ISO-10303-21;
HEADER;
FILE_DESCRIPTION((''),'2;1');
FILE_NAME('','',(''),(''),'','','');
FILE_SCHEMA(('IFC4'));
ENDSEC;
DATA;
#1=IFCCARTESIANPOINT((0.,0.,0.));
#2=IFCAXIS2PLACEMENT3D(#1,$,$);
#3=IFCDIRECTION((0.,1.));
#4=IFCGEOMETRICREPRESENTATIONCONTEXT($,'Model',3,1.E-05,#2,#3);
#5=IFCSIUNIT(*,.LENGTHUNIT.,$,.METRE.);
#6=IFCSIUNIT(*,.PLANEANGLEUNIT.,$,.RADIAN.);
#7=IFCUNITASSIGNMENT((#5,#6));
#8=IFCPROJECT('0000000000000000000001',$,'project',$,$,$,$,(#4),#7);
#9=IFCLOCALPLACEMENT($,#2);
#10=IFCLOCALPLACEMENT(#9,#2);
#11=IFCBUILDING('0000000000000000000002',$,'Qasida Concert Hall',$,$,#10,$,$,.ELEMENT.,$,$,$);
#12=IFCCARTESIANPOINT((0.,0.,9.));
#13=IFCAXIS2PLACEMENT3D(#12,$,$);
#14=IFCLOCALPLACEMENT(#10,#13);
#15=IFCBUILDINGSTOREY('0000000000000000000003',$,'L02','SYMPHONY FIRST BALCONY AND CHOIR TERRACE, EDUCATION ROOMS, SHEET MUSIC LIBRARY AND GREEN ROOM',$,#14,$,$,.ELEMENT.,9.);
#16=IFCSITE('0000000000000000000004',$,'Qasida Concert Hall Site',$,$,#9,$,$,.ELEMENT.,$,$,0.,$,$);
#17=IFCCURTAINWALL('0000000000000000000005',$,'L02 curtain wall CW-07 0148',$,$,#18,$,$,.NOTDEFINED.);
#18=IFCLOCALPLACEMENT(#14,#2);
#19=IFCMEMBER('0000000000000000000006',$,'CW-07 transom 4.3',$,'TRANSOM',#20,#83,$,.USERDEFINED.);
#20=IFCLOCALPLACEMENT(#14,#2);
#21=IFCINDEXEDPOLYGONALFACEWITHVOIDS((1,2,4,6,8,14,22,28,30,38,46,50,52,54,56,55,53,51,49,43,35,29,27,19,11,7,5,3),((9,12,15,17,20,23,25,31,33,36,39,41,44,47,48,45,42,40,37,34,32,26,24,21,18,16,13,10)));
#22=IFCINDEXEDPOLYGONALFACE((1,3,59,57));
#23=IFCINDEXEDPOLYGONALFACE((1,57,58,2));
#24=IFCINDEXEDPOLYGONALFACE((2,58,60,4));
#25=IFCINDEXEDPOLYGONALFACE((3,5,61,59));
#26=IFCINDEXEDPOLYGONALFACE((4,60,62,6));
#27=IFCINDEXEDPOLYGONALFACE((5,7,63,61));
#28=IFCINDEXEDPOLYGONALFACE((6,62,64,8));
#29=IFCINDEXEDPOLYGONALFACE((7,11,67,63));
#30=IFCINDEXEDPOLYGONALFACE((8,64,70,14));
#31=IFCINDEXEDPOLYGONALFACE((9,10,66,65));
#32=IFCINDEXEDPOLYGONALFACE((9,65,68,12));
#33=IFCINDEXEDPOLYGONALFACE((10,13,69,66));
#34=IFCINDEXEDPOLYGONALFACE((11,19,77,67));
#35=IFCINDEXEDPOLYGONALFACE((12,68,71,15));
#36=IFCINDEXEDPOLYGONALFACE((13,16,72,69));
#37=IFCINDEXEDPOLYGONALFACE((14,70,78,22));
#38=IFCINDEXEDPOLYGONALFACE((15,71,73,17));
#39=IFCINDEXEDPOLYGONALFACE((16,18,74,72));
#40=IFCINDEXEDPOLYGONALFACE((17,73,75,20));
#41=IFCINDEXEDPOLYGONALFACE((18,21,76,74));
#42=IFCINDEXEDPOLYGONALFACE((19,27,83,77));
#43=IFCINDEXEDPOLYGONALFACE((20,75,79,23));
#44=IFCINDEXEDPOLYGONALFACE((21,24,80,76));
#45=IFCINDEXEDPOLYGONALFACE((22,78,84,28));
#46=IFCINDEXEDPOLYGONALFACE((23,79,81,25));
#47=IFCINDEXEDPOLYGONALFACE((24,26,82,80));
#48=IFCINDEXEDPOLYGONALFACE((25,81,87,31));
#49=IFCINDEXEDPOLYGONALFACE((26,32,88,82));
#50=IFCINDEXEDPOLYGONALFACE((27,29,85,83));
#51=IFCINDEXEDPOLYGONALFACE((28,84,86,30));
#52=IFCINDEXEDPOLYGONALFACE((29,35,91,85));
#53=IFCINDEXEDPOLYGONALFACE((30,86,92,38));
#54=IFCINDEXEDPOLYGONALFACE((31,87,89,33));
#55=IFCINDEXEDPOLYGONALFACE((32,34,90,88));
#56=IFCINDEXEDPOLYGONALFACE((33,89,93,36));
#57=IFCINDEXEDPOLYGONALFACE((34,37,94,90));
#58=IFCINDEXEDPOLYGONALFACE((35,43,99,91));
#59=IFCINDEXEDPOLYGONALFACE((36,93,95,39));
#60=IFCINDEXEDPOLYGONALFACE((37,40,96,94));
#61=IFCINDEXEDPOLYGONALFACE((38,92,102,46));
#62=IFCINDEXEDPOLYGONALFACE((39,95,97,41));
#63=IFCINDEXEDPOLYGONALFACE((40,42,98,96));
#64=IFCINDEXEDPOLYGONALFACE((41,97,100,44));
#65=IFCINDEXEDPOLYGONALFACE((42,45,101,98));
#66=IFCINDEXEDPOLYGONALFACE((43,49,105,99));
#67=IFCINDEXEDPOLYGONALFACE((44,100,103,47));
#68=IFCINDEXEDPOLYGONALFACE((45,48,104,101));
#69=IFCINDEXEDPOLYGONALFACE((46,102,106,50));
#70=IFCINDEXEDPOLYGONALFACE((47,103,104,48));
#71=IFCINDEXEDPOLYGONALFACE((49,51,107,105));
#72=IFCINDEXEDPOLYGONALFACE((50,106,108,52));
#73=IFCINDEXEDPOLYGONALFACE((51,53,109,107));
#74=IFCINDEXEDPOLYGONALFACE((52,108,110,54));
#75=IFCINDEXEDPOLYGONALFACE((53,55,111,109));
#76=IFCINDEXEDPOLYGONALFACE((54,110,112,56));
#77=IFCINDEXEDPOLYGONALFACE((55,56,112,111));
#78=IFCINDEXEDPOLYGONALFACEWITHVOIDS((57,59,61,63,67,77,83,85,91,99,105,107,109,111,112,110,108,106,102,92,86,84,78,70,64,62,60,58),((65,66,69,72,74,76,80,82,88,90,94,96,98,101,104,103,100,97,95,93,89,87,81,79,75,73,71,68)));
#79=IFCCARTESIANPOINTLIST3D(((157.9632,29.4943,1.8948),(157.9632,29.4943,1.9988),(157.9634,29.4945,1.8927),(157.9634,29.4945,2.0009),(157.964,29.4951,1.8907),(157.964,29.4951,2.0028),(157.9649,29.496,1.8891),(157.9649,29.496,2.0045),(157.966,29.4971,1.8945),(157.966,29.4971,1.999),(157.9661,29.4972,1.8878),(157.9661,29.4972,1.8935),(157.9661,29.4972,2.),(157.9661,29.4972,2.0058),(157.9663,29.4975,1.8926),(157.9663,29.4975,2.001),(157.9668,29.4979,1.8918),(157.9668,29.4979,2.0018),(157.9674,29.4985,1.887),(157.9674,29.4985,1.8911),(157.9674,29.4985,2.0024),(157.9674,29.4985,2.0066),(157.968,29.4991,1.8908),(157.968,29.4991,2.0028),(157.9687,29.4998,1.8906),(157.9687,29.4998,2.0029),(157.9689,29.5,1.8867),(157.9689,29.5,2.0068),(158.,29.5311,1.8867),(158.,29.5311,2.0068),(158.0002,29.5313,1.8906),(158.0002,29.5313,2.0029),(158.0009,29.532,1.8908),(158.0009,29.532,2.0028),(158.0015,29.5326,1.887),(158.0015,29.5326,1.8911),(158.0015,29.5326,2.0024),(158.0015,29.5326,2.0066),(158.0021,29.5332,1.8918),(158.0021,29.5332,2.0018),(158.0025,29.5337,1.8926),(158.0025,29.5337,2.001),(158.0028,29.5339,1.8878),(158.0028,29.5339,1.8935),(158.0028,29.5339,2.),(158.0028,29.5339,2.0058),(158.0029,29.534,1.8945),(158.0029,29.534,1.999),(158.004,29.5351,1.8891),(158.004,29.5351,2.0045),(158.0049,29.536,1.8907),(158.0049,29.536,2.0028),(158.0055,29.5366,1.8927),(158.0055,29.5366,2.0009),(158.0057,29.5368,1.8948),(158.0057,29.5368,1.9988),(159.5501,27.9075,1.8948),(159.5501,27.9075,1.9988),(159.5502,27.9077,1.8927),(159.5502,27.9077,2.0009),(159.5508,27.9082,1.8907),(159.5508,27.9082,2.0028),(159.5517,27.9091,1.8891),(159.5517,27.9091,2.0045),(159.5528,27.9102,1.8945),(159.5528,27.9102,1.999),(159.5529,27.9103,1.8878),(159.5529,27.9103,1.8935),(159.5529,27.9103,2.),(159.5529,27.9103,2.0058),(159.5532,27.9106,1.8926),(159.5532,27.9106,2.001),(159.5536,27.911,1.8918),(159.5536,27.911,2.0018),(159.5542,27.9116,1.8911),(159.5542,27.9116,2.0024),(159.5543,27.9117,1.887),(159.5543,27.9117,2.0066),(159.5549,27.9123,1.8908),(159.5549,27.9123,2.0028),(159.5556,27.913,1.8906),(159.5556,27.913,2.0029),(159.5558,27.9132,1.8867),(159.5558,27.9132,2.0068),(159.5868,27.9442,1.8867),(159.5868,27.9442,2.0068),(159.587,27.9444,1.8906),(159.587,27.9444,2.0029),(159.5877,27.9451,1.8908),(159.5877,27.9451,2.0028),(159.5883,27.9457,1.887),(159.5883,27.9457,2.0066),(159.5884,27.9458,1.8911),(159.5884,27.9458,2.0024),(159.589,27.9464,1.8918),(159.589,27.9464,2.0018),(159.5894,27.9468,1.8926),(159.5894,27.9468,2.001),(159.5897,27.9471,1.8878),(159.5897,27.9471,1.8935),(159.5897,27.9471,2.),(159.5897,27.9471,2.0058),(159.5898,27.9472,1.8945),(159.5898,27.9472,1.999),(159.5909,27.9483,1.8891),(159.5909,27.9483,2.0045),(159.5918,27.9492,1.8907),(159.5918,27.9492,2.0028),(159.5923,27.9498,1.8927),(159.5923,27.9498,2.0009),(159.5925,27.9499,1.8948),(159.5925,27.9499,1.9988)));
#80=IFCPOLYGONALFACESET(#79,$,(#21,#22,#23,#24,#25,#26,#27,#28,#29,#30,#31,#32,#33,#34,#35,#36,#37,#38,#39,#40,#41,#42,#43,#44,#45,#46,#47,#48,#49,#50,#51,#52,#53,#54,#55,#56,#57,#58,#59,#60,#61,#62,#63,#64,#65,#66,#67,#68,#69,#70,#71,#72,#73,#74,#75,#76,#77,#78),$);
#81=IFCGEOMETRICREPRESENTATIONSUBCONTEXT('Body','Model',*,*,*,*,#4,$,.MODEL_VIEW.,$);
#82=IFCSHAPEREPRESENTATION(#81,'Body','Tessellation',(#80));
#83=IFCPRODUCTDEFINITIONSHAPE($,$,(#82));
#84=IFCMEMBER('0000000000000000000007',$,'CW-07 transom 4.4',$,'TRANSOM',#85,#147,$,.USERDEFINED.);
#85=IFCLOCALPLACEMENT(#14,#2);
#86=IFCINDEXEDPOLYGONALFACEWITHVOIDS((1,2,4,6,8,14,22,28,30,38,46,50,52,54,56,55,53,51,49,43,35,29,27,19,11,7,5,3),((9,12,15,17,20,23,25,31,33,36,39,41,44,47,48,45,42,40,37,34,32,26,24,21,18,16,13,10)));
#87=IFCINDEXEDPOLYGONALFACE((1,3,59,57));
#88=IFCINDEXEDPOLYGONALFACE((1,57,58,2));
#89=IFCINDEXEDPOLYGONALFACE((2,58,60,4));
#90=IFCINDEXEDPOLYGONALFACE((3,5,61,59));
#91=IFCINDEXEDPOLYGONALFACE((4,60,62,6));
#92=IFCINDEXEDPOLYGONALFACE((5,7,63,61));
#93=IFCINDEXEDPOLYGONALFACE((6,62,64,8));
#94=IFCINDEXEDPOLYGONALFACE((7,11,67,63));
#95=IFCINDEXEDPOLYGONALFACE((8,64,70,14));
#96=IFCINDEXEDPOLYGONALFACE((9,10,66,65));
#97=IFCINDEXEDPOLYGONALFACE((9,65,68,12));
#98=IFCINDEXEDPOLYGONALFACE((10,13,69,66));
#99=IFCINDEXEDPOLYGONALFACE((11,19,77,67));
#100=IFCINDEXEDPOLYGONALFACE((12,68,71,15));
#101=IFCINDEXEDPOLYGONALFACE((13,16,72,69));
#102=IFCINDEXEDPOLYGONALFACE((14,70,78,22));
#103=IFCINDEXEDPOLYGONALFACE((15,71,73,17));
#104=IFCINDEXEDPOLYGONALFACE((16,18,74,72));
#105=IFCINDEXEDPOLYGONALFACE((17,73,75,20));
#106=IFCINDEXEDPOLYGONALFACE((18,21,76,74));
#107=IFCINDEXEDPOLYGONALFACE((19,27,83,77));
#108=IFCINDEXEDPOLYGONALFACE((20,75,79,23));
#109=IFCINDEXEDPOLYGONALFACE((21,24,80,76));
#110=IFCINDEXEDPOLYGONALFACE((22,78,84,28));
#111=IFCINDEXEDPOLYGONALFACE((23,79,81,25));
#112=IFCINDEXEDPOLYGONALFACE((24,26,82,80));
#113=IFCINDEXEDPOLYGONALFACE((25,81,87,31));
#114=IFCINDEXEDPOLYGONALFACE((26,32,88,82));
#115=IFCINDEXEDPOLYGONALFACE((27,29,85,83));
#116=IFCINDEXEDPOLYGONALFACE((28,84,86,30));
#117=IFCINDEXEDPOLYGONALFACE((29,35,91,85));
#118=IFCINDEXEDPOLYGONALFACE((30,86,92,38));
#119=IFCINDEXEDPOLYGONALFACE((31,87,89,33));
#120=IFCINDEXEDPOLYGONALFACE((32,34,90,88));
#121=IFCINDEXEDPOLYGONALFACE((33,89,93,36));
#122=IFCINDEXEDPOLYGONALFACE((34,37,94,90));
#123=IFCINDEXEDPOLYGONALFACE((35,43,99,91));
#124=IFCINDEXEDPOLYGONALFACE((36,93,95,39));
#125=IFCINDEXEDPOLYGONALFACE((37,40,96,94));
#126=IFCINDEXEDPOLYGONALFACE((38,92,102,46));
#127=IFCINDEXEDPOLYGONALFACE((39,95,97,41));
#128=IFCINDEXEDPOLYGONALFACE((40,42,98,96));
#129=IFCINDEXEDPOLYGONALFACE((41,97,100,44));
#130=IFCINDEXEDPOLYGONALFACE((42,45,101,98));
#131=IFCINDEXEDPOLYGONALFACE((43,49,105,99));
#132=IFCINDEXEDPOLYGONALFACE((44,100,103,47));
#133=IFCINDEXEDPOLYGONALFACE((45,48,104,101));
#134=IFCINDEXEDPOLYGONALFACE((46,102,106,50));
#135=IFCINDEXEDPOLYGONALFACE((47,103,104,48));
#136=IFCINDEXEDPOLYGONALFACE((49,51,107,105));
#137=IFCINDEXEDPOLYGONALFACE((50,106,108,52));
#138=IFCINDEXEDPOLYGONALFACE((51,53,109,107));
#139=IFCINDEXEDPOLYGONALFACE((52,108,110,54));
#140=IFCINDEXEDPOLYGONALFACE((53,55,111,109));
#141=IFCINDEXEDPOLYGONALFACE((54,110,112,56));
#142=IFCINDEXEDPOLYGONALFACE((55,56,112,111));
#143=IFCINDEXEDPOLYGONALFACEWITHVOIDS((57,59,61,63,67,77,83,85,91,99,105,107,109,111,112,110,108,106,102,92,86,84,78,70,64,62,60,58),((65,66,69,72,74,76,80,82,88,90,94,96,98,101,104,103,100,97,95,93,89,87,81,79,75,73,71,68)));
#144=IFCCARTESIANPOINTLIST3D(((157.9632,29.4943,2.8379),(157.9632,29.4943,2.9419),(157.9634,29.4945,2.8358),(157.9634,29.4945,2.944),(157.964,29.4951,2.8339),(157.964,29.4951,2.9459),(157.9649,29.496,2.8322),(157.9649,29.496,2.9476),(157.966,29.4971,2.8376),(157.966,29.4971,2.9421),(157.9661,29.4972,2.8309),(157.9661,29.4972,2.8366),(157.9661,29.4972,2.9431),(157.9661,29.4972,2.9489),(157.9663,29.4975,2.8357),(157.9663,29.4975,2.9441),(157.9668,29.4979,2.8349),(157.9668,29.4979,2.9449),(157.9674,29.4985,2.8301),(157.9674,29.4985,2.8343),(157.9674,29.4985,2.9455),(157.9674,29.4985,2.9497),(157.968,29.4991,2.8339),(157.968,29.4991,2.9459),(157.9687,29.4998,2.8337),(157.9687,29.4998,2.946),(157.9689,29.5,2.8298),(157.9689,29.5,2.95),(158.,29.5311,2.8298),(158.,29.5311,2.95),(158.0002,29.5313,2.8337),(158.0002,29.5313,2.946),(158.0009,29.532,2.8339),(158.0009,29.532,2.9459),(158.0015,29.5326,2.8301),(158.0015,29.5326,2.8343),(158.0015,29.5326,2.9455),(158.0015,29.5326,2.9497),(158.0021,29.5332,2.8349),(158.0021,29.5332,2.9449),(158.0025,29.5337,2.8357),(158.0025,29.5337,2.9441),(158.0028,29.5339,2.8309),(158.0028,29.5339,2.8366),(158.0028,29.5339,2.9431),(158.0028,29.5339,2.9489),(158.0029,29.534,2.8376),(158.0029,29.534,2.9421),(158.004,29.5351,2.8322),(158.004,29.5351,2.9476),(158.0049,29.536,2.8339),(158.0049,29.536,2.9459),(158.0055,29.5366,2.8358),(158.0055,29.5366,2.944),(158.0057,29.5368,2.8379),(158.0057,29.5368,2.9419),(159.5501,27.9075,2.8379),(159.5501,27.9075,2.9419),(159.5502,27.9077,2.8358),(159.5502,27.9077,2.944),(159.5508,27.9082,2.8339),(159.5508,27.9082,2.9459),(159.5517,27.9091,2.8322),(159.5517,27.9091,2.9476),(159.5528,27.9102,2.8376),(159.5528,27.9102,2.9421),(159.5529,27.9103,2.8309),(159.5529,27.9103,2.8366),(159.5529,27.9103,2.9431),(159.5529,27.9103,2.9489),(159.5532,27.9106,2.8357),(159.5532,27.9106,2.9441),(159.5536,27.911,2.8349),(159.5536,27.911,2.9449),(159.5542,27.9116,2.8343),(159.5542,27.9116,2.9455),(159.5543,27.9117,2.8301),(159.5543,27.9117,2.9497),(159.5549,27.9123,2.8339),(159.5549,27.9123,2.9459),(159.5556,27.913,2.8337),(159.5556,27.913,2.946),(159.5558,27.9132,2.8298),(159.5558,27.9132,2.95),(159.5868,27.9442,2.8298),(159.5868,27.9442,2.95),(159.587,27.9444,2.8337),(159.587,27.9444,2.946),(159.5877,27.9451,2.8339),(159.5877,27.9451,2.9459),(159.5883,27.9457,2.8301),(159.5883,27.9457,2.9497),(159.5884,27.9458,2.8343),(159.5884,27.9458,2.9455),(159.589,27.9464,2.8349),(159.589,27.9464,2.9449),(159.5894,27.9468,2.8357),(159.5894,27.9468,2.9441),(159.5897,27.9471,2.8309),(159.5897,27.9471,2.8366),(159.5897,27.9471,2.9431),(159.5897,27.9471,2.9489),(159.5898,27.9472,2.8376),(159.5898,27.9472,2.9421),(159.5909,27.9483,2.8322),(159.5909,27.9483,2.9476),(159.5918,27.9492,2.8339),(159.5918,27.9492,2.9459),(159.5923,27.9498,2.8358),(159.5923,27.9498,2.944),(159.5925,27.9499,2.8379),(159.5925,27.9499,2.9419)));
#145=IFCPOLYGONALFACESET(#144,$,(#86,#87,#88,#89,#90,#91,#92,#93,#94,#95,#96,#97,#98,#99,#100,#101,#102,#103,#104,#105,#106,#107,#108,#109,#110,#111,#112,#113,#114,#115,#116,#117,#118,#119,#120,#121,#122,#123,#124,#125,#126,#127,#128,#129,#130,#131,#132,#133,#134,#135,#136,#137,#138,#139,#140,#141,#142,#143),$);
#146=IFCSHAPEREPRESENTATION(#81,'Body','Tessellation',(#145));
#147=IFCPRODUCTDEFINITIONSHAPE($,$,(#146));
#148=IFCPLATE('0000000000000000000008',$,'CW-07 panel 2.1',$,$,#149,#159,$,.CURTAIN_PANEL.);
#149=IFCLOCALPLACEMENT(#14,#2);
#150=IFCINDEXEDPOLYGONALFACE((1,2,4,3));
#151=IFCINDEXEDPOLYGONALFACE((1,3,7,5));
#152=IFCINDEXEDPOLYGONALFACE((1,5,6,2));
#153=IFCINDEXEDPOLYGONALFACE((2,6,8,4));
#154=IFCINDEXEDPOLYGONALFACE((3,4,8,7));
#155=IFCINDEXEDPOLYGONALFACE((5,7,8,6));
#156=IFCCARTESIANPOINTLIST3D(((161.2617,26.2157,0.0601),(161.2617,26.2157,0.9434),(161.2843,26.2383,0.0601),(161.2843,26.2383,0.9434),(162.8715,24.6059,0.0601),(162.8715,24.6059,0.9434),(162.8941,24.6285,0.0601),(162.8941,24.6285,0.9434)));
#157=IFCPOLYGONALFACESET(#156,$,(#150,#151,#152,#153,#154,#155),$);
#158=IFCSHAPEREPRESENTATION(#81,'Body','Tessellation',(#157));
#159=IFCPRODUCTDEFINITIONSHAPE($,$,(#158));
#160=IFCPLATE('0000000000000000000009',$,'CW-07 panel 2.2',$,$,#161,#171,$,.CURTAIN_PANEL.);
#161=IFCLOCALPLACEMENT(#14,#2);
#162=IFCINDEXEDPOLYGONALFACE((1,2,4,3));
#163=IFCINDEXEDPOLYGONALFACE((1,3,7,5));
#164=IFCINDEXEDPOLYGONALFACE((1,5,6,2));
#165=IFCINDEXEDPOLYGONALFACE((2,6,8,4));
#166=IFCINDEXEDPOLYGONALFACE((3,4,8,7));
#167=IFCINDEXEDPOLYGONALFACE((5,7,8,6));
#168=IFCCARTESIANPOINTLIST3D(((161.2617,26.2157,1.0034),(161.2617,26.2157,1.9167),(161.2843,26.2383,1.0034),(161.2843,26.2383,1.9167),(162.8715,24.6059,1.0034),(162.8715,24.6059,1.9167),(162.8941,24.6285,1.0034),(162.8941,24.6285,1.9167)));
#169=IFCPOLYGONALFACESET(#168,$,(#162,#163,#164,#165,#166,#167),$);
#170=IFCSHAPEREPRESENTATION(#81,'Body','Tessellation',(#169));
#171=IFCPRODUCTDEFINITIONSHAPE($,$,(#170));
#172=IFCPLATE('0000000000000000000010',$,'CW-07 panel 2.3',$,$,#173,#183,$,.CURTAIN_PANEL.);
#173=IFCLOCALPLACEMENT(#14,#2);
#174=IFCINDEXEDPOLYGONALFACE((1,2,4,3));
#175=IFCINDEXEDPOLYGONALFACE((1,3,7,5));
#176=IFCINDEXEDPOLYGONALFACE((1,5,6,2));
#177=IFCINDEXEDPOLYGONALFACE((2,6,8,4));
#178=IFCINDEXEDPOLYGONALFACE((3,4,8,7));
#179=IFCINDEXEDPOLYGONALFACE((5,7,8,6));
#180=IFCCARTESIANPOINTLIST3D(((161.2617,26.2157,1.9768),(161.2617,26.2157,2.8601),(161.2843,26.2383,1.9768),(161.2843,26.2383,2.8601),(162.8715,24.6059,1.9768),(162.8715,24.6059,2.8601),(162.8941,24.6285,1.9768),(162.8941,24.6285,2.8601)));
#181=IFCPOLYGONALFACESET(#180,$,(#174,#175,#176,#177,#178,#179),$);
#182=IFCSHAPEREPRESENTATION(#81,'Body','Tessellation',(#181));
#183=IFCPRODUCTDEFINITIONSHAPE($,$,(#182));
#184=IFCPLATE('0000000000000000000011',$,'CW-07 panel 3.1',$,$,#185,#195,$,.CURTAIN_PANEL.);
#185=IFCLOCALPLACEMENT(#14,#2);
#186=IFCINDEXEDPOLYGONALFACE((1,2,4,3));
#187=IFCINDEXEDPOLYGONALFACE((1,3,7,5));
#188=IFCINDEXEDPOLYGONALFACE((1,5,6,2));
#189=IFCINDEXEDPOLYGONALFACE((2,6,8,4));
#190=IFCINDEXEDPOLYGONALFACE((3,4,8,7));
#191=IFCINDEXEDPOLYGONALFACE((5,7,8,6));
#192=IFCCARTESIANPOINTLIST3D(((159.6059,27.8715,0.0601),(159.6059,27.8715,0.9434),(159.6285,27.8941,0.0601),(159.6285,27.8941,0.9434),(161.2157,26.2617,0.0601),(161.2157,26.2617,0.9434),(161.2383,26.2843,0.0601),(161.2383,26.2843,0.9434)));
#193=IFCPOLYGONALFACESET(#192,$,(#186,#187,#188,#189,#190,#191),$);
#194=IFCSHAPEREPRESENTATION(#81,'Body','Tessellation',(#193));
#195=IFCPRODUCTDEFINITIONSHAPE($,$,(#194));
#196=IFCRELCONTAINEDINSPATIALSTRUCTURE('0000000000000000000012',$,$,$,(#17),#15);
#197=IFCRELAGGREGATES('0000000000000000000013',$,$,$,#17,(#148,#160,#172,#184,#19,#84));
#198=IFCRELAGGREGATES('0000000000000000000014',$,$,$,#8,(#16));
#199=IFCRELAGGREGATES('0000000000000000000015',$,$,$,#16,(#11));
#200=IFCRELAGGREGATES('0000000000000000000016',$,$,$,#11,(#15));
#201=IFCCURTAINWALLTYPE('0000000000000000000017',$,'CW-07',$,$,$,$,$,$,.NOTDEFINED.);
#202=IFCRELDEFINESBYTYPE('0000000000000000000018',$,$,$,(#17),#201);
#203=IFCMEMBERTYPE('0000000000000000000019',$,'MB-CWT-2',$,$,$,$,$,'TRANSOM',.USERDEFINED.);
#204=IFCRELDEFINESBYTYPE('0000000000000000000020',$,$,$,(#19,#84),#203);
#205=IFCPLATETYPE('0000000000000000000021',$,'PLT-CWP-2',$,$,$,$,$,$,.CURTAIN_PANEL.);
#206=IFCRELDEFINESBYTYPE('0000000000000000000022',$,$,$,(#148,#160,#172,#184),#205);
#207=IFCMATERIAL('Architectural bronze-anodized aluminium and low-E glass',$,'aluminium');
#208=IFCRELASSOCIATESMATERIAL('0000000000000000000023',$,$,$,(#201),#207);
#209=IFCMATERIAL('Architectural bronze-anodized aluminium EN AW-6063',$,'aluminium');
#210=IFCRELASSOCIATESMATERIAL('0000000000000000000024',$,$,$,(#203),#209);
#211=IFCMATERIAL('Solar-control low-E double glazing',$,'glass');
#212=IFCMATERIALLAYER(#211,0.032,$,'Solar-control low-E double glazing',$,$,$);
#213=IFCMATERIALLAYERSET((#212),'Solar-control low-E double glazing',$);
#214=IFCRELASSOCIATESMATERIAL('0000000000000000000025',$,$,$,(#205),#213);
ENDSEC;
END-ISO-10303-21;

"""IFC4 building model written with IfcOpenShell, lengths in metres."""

from ifc_helpers import new_model, si_unit, direction, frame, origin, origin_2d, place, context, subcontext, project, spatial, rectangle, hollow_rectangle, extrude, material, layer, layer_set, material_profile, profile_set, type_object, element, aggregate, save


model = new_model("IFC4")

# Units and contexts
model_context = context("Model", 3, precision=1e-05, world=origin(), true_north=direction((0.0, 1.0)))
body_context = subcontext(model_context, "Body", "Model", "MODEL_VIEW")
ifc_project = project(units=[si_unit("LENGTHUNIT", "METRE"), si_unit("PLANEANGLEUNIT", "RADIAN")], contexts=[model_context])

# Site, building, storey
site_placement = place(None, origin())
site = spatial("IfcSite", under=ifc_project, at=site_placement, Name="Qasida Concert Hall Site", CompositionType="ELEMENT", RefElevation=0.0)
building_placement = place(site_placement, origin())
building = spatial("IfcBuilding", under=site, at=building_placement, Name="Qasida Concert Hall", CompositionType="ELEMENT")
storey_placement = place(building_placement, frame((0.0, 0.0, 9.0)))
storey = spatial("IfcBuildingStorey", under=building, at=storey_placement, Name="L02", Description="SYMPHONY FIRST BALCONY AND CHOIR TERRACE, EDUCATION ROOMS, SHEET MUSIC LIBRARY AND GREEN ROOM", CompositionType="ELEMENT", Elevation=9.0)

# Curtain wall, members, plates
ifc_material_1 = material(Name="Architectural bronze-anodized aluminium and low-E glass", Category="aluminium")
curtain_wall_type = type_object("IfcCurtainWallType", Name="CW-07", PredefinedType="NOTDEFINED", material=ifc_material_1)
curtain_wall_placement = place(storey_placement, origin())
curtain_wall = element("IfcCurtainWall", 1, at=curtain_wall_placement, inside=storey, type_object=curtain_wall_type, Name="L02 curtain wall CW-07 0148", PredefinedType="NOTDEFINED")
ifc_material_2 = material(Name="Architectural bronze-anodized aluminium EN AW-6063", Category="aluminium")
ifc_material_profile_1 = material_profile(ifc_material_2, hollow_rectangle(XDim=0.0601, YDim=0.1201, WallThickness=0.0039, InnerFilletRadius=0.0039, OuterFilletRadius=0.0081, at=origin_2d()), Name="CWT 120x60x4")
ifc_profile_set_1 = profile_set([ifc_material_profile_1], Name="Architectural bronze-anodized aluminium EN AW-6063")
member_type_1 = type_object("IfcMemberType", Name="MB-CWT-2", ElementType="TRANSOM", PredefinedType="USERDEFINED", material=ifc_profile_set_1)
member_1_placement = place(storey_placement, frame((159.5713, 27.9287, 1.9468), z_axis=(-0.707107, 0.707107, 0.0), x_axis=(-0.707107, -0.707107, 0.0)))
member_1 = element("IfcMember", 2, at=member_1_placement, type_object=member_type_1, Name="CW-07 transom 4.3", ObjectType="TRANSOM", PredefinedType="USERDEFINED", context=body_context, shape_type="SweptSolid", body=[
    extrude(hollow_rectangle(XDim=0.0601, YDim=0.1201, WallThickness=0.0039, InnerFilletRadius=0.0039, OuterFilletRadius=0.0081, at=origin_2d()), origin(), (0.0, 0.0, 1.0), 2.2441),
])
member_2_placement = place(storey_placement, frame((159.5713, 27.9287, 2.8899), z_axis=(-0.707107, 0.707107, 0.0), x_axis=(-0.707107, -0.707107, 0.0)))
member_2 = element("IfcMember", 3, at=member_2_placement, type_object=member_type_1, Name="CW-07 transom 4.4", ObjectType="TRANSOM", PredefinedType="USERDEFINED", context=body_context, shape_type="SweptSolid", body=[
    extrude(hollow_rectangle(XDim=0.0601, YDim=0.1201, WallThickness=0.0039, InnerFilletRadius=0.0039, OuterFilletRadius=0.0081, at=origin_2d()), origin(), (0.0, 0.0, 1.0), 2.2441),
])
ifc_material_3 = material(Name="Solar-control low-E double glazing", Category="glass")
ifc_layer_1 = layer(ifc_material_3, 0.032, Name="Solar-control low-E double glazing")
ifc_layer_set_1 = layer_set([ifc_layer_1], Name="Solar-control low-E double glazing")
plate_type = type_object("IfcPlateType", Name="PLT-CWP-2", PredefinedType="CURTAIN_PANEL", material=ifc_layer_set_1)
plate_1_placement = place(storey_placement, frame((162.0779, 25.4221, 0.0601), z_axis=(0.0, 0.0, 1.0), x_axis=(-0.707107, 0.707107, 0.0)))
plate_1 = element("IfcPlate", 4, at=plate_1_placement, type_object=plate_type, Name="CW-07 panel 2.1", PredefinedType="CURTAIN_PANEL", context=body_context, shape_type="SweptSolid", body=[
    extrude(rectangle(XDim=2.2766, YDim=0.032, at=origin_2d()), origin(), (0.0, 0.0, 1.0), 0.8833),
])
plate_2_placement = place(storey_placement, frame((162.0779, 25.4221, 1.0034), z_axis=(0.0, 0.0, 1.0), x_axis=(-0.707107, 0.707107, 0.0)))
plate_2 = element("IfcPlate", 5, at=plate_2_placement, type_object=plate_type, Name="CW-07 panel 2.2", PredefinedType="CURTAIN_PANEL", context=body_context, shape_type="SweptSolid", body=[
    extrude(rectangle(XDim=2.2766, YDim=0.032, at=origin_2d()), origin(), (0.0, 0.0, 1.0), 0.9133),
])
plate_3_placement = place(storey_placement, frame((162.0779, 25.4221, 1.9768), z_axis=(0.0, 0.0, 1.0), x_axis=(-0.707107, 0.707107, 0.0)))
plate_3 = element("IfcPlate", 6, at=plate_3_placement, type_object=plate_type, Name="CW-07 panel 2.3", PredefinedType="CURTAIN_PANEL", context=body_context, shape_type="SweptSolid", body=[
    extrude(rectangle(XDim=2.2766, YDim=0.032, at=origin_2d()), origin(), (0.0, 0.0, 1.0), 0.8833),
])
plate_4_placement = place(storey_placement, frame((160.4221, 27.0779, 0.0601), z_axis=(0.0, 0.0, 1.0), x_axis=(-0.707107, 0.707107, 0.0)))
plate_4 = element("IfcPlate", 7, at=plate_4_placement, type_object=plate_type, Name="CW-07 panel 3.1", PredefinedType="CURTAIN_PANEL", context=body_context, shape_type="SweptSolid", body=[
    extrude(rectangle(XDim=2.2766, YDim=0.032, at=origin_2d()), origin(), (0.0, 0.0, 1.0), 0.8833),
])
aggregate(curtain_wall, [plate_1, plate_2, plate_3, plate_4, member_1, member_2])

save(model, "model.ifc")
